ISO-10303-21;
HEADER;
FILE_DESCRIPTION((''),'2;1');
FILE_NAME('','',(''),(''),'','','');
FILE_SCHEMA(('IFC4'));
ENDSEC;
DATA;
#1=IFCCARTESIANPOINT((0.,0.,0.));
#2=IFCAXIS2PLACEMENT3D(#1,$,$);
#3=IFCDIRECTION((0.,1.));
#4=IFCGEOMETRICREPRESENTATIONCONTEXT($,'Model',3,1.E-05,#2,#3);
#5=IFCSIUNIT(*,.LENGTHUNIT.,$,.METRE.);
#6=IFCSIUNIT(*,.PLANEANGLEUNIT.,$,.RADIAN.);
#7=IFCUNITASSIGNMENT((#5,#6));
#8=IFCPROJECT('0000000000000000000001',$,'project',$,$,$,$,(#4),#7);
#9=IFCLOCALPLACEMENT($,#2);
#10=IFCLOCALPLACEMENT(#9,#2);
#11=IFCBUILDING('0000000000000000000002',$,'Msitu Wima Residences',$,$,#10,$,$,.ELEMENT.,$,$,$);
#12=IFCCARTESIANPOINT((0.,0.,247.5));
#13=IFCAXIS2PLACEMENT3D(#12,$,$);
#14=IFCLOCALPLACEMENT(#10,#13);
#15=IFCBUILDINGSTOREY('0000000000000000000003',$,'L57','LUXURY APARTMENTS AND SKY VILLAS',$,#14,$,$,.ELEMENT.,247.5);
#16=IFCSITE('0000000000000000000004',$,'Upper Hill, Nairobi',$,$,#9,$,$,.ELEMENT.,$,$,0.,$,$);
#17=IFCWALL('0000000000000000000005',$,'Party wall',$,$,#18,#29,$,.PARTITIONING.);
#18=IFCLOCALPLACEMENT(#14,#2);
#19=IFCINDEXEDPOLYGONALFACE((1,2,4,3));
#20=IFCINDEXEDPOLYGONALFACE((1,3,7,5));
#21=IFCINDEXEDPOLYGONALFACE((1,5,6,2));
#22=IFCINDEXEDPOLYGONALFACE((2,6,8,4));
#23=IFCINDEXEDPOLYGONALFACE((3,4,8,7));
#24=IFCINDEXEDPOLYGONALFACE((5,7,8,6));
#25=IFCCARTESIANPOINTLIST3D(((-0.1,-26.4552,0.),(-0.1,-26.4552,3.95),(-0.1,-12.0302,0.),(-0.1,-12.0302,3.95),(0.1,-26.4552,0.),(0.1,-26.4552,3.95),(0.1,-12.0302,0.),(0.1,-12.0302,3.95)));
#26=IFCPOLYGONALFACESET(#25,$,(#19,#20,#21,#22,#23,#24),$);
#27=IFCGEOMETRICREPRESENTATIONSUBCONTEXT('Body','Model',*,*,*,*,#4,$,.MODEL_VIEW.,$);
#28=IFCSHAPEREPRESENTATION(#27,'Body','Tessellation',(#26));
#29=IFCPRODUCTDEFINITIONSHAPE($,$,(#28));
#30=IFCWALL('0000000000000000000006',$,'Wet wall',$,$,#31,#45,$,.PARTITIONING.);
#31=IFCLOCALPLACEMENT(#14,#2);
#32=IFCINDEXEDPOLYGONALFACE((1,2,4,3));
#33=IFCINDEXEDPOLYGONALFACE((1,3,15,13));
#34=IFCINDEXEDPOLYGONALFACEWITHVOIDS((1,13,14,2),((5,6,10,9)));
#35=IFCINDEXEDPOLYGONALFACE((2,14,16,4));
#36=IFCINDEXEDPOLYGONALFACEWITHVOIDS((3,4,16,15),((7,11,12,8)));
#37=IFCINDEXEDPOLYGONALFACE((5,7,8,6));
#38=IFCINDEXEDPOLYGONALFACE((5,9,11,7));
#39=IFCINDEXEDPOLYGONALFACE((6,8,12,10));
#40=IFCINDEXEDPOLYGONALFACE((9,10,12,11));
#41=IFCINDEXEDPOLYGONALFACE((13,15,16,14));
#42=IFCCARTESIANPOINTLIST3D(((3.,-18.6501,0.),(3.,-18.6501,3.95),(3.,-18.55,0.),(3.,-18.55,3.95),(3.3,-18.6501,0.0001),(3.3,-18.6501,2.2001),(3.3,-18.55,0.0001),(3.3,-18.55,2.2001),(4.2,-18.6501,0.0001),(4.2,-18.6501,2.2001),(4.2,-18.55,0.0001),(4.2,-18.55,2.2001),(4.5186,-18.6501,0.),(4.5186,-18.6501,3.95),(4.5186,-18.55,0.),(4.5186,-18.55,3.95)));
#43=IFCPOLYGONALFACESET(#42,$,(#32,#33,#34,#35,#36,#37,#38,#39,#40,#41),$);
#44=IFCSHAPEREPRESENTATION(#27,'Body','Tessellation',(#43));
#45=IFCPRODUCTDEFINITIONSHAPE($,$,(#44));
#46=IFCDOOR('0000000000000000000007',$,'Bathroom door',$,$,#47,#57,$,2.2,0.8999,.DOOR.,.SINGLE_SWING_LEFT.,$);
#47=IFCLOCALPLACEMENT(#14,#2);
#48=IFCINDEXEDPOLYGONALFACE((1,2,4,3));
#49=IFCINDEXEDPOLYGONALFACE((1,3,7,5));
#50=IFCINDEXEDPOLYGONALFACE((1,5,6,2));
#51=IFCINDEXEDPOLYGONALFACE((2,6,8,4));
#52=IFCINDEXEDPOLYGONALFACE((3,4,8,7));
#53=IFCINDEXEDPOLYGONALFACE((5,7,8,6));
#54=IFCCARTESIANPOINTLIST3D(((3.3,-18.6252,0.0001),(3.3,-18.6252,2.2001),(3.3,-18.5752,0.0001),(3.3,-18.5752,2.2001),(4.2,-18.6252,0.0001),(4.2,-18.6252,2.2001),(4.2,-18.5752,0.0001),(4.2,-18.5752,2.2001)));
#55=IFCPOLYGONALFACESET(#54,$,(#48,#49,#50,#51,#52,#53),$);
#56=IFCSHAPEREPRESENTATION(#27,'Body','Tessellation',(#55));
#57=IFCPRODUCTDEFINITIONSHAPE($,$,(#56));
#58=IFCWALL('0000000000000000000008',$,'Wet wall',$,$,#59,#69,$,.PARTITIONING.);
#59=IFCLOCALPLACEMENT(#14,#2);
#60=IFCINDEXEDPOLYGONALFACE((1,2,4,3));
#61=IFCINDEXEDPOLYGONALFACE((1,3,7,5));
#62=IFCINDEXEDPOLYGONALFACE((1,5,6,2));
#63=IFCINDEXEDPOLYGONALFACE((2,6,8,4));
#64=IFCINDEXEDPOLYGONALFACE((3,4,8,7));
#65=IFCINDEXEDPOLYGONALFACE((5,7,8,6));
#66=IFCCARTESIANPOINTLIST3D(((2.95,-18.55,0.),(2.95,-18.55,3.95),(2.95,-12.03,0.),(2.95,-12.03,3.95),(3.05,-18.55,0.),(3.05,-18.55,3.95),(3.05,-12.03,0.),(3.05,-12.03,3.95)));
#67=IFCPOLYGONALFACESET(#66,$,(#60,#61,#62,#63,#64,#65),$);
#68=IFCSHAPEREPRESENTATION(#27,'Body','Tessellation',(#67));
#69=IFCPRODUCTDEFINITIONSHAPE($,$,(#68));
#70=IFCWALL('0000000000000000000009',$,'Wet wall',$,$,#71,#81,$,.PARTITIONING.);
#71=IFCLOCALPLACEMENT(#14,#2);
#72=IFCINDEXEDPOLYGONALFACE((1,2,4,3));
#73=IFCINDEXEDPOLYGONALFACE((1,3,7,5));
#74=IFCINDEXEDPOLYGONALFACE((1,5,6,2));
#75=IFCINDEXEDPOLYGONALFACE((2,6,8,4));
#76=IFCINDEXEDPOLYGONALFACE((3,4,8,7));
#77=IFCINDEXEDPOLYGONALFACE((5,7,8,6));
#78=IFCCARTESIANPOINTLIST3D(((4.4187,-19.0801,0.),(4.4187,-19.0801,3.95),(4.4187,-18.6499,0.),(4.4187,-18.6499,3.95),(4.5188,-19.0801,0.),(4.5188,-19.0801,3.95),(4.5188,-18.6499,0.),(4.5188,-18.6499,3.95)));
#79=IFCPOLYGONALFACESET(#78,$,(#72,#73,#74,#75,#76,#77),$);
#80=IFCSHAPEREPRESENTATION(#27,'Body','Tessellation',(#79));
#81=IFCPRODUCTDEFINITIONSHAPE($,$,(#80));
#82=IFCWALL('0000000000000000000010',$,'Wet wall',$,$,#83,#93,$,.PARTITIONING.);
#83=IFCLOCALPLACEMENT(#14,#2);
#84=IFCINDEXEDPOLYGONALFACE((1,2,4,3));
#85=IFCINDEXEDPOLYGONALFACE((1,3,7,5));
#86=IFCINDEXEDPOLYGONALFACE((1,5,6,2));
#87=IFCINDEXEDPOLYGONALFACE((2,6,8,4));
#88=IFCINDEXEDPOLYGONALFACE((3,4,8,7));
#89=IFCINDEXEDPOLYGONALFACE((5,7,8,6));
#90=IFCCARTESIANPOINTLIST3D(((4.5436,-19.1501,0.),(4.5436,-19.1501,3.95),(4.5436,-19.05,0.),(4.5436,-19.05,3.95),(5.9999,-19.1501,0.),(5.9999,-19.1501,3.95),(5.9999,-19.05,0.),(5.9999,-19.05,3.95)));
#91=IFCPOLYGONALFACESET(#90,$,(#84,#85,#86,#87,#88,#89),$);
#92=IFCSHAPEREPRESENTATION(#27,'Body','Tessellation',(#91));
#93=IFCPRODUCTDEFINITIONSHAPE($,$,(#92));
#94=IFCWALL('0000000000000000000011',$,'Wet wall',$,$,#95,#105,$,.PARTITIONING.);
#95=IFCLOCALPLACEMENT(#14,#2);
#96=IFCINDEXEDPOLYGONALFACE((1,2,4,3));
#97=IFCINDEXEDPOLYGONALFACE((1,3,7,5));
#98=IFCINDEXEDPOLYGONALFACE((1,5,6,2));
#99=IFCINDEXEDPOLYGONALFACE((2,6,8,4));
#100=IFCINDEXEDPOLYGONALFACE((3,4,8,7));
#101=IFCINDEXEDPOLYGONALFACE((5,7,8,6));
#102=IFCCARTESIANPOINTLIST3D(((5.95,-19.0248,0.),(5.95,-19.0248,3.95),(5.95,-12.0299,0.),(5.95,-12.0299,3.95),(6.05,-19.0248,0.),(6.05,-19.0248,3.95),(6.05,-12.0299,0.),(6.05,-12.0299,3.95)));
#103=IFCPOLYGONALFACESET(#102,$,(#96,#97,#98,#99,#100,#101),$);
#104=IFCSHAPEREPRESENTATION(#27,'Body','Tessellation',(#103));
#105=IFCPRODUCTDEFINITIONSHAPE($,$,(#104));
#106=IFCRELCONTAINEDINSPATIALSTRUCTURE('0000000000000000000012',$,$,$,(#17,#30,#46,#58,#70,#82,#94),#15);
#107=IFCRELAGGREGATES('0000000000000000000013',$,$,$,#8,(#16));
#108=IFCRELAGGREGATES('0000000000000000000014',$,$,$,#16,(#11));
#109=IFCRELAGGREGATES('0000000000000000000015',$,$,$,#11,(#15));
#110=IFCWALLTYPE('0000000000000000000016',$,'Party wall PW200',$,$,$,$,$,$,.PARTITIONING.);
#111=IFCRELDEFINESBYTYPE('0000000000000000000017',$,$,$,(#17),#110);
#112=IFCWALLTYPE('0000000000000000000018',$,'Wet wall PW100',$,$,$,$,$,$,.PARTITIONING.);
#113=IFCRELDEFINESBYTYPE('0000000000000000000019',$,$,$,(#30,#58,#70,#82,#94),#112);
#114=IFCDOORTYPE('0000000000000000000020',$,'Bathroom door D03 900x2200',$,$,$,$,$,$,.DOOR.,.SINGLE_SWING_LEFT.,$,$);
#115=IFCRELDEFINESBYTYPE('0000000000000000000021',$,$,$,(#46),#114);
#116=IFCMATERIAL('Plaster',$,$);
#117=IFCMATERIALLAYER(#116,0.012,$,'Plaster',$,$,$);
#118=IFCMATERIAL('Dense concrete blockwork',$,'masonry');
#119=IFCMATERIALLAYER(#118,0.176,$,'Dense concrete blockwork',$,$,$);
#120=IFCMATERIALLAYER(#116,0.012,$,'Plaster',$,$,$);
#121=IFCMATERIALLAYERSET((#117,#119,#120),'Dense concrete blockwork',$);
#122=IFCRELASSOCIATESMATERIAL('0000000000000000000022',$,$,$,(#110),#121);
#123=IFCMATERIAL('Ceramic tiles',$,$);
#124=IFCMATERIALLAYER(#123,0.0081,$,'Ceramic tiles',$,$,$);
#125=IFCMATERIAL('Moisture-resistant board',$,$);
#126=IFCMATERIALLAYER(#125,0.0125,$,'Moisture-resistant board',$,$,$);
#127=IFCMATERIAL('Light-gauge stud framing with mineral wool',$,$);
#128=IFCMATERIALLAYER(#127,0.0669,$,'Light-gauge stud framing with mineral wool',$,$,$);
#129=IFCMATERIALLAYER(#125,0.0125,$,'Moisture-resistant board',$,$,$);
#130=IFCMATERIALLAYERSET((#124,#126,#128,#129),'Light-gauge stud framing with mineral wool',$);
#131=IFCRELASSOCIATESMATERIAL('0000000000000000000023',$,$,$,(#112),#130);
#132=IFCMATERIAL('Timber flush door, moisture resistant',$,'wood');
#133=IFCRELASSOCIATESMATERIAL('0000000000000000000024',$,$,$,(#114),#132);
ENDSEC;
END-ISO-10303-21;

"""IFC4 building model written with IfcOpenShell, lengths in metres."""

from ifc_helpers import new_model, si_unit, direction, frame, frame_2d, origin, place, context, subcontext, project, spatial, rectangle, extrude, material, layer, layer_set, type_object, element, fill, save


model = new_model("IFC4")

# Units and contexts
model_context = context("Model", 3, precision=1e-05, world=origin(), true_north=direction((0.0, 1.0)))
body_context = subcontext(model_context, "Body", "Model", "MODEL_VIEW")
ifc_project = project(units=[si_unit("LENGTHUNIT", "METRE"), si_unit("PLANEANGLEUNIT", "RADIAN")], contexts=[model_context])

# Site, building, storey
site_placement = place(None, origin())
site = spatial("IfcSite", under=ifc_project, at=site_placement, Name="Upper Hill, Nairobi", CompositionType="ELEMENT", RefElevation=0.0)
building_placement = place(site_placement, origin())
building = spatial("IfcBuilding", under=site, at=building_placement, Name="Msitu Wima Residences", CompositionType="ELEMENT")
storey_placement = place(building_placement, frame((0.0, 0.0, 247.5)))
storey = spatial("IfcBuildingStorey", under=building, at=storey_placement, Name="L57", Description="LUXURY APARTMENTS AND SKY VILLAS", CompositionType="ELEMENT", Elevation=247.5)

# Shared definitions
ifc_material_1 = material(Name="Plaster")

# Wall
ifc_layer_1 = layer(ifc_material_1, 0.012, Name="Plaster")
ifc_material_2 = material(Name="Dense concrete blockwork", Category="masonry")
ifc_layer_2 = layer(ifc_material_2, 0.176, Name="Dense concrete blockwork")
ifc_layer_3 = layer(ifc_material_1, 0.012, Name="Plaster")
ifc_layer_set_1 = layer_set([ifc_layer_1, ifc_layer_2, ifc_layer_3], Name="Dense concrete blockwork")
wall_type_1 = type_object("IfcWallType", Name="Party wall PW200", PredefinedType="PARTITIONING", material=ifc_layer_set_1)
wall_1_placement = place(storey_placement, frame((0.0, -26.4551, 0.0), z_axis=(0.0, 0.0, 1.0), x_axis=(0.0, 1.0, 0.0)))
element("IfcWall", 1, at=wall_1_placement, inside=storey, type_object=wall_type_1, Name="Party wall", PredefinedType="PARTITIONING", context=body_context, shape_type="SweptSolid", body=[
    extrude(rectangle(XDim=14.425, YDim=0.2, at=frame_2d((7.2124, 0.0))), origin(), (0.0, 0.0, 1.0), 3.95),
])

# Wall, opening, door
ifc_material_3 = material(Name="Ceramic tiles")
ifc_layer_4 = layer(ifc_material_3, 0.0081, Name="Ceramic tiles")
ifc_material_4 = material(Name="Moisture-resistant board")
ifc_layer_5 = layer(ifc_material_4, 0.0125, Name="Moisture-resistant board")
ifc_material_5 = material(Name="Light-gauge stud framing with mineral wool")
ifc_layer_6 = layer(ifc_material_5, 0.0669, Name="Light-gauge stud framing with mineral wool")
ifc_layer_7 = layer(ifc_material_4, 0.0125, Name="Moisture-resistant board")
ifc_layer_set_2 = layer_set([ifc_layer_4, ifc_layer_5, ifc_layer_6, ifc_layer_7], Name="Light-gauge stud framing with mineral wool")
wall_type_2 = type_object("IfcWallType", Name="Wet wall PW100", PredefinedType="PARTITIONING", material=ifc_layer_set_2)
wall_2_placement = place(storey_placement, frame((3.0, -18.6001, 0.0), z_axis=(0.0, 0.0, 1.0), x_axis=(1.0, 0.0, 0.0)))
wall_2 = element("IfcWall", 2, at=wall_2_placement, inside=storey, type_object=wall_type_2, Name="Wet wall", PredefinedType="PARTITIONING", context=body_context, shape_type="SweptSolid", body=[
    extrude(rectangle(XDim=1.5186, YDim=0.1001, at=frame_2d((0.7593, 0.0))), origin(), (0.0, 0.0, 1.0), 3.95),
])
opening_1_placement = place(wall_2_placement, frame((0.3, 0.0, 0.0)))
opening_1 = element("IfcOpeningElement", 3, at=opening_1_placement, cuts=wall_2, PredefinedType="OPENING", context=body_context, shape_type="SweptSolid", body=[
    extrude(rectangle(XDim=0.8999, YDim=2.2, at=frame_2d((0.45, 1.1001))), frame((0.0, 0.0601, 0.0), z_axis=(0.0, -1.0, 0.0), x_axis=(1.0, 0.0, 0.0)), (0.0, 0.0, 1.0), 0.1201),
])
ifc_material_6 = material(Name="Timber flush door, moisture resistant", Category="wood")
door_type_1 = type_object("IfcDoorType", Name="Bathroom door D03 900x2200", OperationType="SINGLE_SWING_LEFT", PredefinedType="DOOR", material=ifc_material_6)
door_1_placement = place(opening_1_placement, origin())
door_1 = element("IfcDoor", 4, at=door_1_placement, inside=storey, type_object=door_type_1, Name="Bathroom door", OperationType="SINGLE_SWING_LEFT", OverallHeight=2.2, OverallWidth=0.8999, PredefinedType="DOOR", context=body_context, shape_type="SweptSolid", body=[
    extrude(rectangle(XDim=0.8999, YDim=2.2, at=frame_2d((0.45, 1.1001))), frame((0.0, 0.0249, 0.0), z_axis=(0.0, -1.0, 0.0), x_axis=(1.0, 0.0, 0.0)), (0.0, 0.0, 1.0), 0.05),
])
fill(opening_1, door_1)

# Walls
wall_3_placement = place(storey_placement, frame((3.0, -18.55, 0.0), z_axis=(0.0, 0.0, 1.0), x_axis=(0.0, 1.0, 0.0)))
element("IfcWall", 5, at=wall_3_placement, inside=storey, type_object=wall_type_2, Name="Wet wall", PredefinedType="PARTITIONING", context=body_context, shape_type="SweptSolid", body=[
    extrude(rectangle(XDim=6.52, YDim=0.1001, at=frame_2d((3.26, 0.0))), origin(), (0.0, 0.0, 1.0), 3.95),
])
wall_4_placement = place(storey_placement, frame((4.4688, -19.0801, 0.0), z_axis=(0.0, 0.0, 1.0), x_axis=(0.0, 1.0, 0.0)))
element("IfcWall", 6, at=wall_4_placement, inside=storey, type_object=wall_type_2, Name="Wet wall", PredefinedType="PARTITIONING", context=body_context, shape_type="SweptSolid", body=[
    extrude(rectangle(XDim=0.4302, YDim=0.1001, at=frame_2d((0.2151, 0.0))), origin(), (0.0, 0.0, 1.0), 3.95),
])
wall_5_placement = place(storey_placement, frame((4.5437, -19.1001, 0.0), z_axis=(0.0, 0.0, 1.0), x_axis=(1.0, 0.0, 0.0)))
element("IfcWall", 7, at=wall_5_placement, inside=storey, type_object=wall_type_2, Name="Wet wall", PredefinedType="PARTITIONING", context=body_context, shape_type="SweptSolid", body=[
    extrude(rectangle(XDim=1.4563, YDim=0.1001, at=frame_2d((0.728, 0.0))), origin(), (0.0, 0.0, 1.0), 3.95),
])
wall_6_placement = place(storey_placement, frame((6.0, -19.0249, 0.0), z_axis=(0.0, 0.0, 1.0), x_axis=(0.0, 1.0, 0.0)))
element("IfcWall", 8, at=wall_6_placement, inside=storey, type_object=wall_type_2, Name="Wet wall", PredefinedType="PARTITIONING", context=body_context, shape_type="SweptSolid", body=[
    extrude(rectangle(XDim=6.9949, YDim=0.1001, at=frame_2d((3.4976, 0.0))), origin(), (0.0, 0.0, 1.0), 3.95),
])

save(model, "model.ifc")
